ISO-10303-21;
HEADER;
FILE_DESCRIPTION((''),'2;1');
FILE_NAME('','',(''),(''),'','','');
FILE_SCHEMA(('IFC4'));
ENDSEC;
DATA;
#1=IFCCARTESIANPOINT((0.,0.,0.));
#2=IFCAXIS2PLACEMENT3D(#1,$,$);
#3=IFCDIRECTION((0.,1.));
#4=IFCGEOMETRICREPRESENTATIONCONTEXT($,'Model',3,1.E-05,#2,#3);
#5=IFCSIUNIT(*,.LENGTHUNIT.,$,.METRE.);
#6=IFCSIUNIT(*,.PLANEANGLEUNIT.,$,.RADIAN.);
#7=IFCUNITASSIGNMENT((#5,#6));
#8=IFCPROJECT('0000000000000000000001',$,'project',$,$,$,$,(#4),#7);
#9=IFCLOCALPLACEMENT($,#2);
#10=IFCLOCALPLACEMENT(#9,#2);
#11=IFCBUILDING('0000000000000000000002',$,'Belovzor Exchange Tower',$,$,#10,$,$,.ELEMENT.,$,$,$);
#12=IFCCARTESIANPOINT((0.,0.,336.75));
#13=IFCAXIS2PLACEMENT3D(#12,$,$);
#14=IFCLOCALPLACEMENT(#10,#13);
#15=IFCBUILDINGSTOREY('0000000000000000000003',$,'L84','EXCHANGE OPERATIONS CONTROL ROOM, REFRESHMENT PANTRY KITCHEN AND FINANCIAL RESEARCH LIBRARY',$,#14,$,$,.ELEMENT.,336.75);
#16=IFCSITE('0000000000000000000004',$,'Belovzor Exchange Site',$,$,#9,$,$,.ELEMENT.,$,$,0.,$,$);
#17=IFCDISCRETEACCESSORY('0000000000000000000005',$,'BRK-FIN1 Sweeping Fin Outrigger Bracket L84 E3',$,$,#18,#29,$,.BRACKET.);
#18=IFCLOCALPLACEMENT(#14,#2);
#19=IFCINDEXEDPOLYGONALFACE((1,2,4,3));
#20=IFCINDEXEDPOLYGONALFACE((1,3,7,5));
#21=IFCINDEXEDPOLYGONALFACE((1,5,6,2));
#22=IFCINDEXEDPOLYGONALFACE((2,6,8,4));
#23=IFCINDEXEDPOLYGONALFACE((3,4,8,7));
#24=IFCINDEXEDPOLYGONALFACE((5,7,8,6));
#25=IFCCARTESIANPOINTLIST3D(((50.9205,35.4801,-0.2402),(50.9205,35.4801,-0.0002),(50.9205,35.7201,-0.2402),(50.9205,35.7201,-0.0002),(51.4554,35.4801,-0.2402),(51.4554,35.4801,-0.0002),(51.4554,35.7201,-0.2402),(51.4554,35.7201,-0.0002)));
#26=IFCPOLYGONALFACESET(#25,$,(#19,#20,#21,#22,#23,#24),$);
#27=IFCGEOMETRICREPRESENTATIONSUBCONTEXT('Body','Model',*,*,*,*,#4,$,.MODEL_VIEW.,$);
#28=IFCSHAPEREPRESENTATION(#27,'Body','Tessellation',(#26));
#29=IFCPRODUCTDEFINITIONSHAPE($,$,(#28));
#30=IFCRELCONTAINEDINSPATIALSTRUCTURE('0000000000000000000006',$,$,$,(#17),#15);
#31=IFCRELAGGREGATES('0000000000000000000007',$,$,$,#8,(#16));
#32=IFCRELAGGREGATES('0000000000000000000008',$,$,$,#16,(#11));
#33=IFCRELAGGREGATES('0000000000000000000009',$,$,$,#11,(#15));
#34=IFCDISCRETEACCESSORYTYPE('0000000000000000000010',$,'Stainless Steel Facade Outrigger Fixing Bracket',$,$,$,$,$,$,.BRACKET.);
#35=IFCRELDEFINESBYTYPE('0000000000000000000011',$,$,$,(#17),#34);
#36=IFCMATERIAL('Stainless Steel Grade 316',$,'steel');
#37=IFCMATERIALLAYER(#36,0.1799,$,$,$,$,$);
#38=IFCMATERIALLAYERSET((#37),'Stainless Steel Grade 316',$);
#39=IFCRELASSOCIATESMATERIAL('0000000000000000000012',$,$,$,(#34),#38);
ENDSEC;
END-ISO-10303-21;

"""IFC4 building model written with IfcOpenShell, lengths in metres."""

from ifc_helpers import new_model, si_unit, direction, frame, origin, origin_2d, place, context, subcontext, project, spatial, rectangle, extrude, material, layer, layer_set, type_object, element, save


model = new_model("IFC4")

# Units and contexts
model_context = context("Model", 3, precision=1e-05, world=origin(), true_north=direction((0.0, 1.0)))
body_context = subcontext(model_context, "Body", "Model", "MODEL_VIEW")
ifc_project = project(units=[si_unit("LENGTHUNIT", "METRE"), si_unit("PLANEANGLEUNIT", "RADIAN")], contexts=[model_context])

# Site, building, storey
site_placement = place(None, origin())
site = spatial("IfcSite", under=ifc_project, at=site_placement, Name="Belovzor Exchange Site", CompositionType="ELEMENT", RefElevation=0.0)
building_placement = place(site_placement, origin())
building = spatial("IfcBuilding", under=site, at=building_placement, Name="Belovzor Exchange Tower", CompositionType="ELEMENT")
storey_placement = place(building_placement, frame((0.0, 0.0, 336.75)))
storey = spatial("IfcBuildingStorey", under=building, at=storey_placement, Name="L84", Description="EXCHANGE OPERATIONS CONTROL ROOM, REFRESHMENT PANTRY KITCHEN AND FINANCIAL RESEARCH LIBRARY", CompositionType="ELEMENT", Elevation=336.75)

# Discrete accessory
ifc_material_1 = material(Name="Stainless Steel Grade 316", Category="steel")
ifc_layer_1 = layer(ifc_material_1, 0.1799)
ifc_layer_set_1 = layer_set([ifc_layer_1], Name="Stainless Steel Grade 316")
discrete_accessory_type = type_object("IfcDiscreteAccessoryType", Name="Stainless Steel Facade Outrigger Fixing Bracket", PredefinedType="BRACKET", material=ifc_layer_set_1)
discrete_accessory_placement = place(storey_placement, frame((51.188, 35.6001, -0.2402), z_axis=(0.0, 0.0, 1.0), x_axis=(1.0, 0.0, 0.0)))
element("IfcDiscreteAccessory", 1, at=discrete_accessory_placement, inside=storey, type_object=discrete_accessory_type, Name="BRK-FIN1 Sweeping Fin Outrigger Bracket L84 E3", PredefinedType="BRACKET", context=body_context, shape_type="SweptSolid", body=[
    extrude(rectangle(XDim=0.5349, YDim=0.24, at=origin_2d()), origin(), (0.0, 0.0, 1.0), 0.24),
])

save(model, "model.ifc")
